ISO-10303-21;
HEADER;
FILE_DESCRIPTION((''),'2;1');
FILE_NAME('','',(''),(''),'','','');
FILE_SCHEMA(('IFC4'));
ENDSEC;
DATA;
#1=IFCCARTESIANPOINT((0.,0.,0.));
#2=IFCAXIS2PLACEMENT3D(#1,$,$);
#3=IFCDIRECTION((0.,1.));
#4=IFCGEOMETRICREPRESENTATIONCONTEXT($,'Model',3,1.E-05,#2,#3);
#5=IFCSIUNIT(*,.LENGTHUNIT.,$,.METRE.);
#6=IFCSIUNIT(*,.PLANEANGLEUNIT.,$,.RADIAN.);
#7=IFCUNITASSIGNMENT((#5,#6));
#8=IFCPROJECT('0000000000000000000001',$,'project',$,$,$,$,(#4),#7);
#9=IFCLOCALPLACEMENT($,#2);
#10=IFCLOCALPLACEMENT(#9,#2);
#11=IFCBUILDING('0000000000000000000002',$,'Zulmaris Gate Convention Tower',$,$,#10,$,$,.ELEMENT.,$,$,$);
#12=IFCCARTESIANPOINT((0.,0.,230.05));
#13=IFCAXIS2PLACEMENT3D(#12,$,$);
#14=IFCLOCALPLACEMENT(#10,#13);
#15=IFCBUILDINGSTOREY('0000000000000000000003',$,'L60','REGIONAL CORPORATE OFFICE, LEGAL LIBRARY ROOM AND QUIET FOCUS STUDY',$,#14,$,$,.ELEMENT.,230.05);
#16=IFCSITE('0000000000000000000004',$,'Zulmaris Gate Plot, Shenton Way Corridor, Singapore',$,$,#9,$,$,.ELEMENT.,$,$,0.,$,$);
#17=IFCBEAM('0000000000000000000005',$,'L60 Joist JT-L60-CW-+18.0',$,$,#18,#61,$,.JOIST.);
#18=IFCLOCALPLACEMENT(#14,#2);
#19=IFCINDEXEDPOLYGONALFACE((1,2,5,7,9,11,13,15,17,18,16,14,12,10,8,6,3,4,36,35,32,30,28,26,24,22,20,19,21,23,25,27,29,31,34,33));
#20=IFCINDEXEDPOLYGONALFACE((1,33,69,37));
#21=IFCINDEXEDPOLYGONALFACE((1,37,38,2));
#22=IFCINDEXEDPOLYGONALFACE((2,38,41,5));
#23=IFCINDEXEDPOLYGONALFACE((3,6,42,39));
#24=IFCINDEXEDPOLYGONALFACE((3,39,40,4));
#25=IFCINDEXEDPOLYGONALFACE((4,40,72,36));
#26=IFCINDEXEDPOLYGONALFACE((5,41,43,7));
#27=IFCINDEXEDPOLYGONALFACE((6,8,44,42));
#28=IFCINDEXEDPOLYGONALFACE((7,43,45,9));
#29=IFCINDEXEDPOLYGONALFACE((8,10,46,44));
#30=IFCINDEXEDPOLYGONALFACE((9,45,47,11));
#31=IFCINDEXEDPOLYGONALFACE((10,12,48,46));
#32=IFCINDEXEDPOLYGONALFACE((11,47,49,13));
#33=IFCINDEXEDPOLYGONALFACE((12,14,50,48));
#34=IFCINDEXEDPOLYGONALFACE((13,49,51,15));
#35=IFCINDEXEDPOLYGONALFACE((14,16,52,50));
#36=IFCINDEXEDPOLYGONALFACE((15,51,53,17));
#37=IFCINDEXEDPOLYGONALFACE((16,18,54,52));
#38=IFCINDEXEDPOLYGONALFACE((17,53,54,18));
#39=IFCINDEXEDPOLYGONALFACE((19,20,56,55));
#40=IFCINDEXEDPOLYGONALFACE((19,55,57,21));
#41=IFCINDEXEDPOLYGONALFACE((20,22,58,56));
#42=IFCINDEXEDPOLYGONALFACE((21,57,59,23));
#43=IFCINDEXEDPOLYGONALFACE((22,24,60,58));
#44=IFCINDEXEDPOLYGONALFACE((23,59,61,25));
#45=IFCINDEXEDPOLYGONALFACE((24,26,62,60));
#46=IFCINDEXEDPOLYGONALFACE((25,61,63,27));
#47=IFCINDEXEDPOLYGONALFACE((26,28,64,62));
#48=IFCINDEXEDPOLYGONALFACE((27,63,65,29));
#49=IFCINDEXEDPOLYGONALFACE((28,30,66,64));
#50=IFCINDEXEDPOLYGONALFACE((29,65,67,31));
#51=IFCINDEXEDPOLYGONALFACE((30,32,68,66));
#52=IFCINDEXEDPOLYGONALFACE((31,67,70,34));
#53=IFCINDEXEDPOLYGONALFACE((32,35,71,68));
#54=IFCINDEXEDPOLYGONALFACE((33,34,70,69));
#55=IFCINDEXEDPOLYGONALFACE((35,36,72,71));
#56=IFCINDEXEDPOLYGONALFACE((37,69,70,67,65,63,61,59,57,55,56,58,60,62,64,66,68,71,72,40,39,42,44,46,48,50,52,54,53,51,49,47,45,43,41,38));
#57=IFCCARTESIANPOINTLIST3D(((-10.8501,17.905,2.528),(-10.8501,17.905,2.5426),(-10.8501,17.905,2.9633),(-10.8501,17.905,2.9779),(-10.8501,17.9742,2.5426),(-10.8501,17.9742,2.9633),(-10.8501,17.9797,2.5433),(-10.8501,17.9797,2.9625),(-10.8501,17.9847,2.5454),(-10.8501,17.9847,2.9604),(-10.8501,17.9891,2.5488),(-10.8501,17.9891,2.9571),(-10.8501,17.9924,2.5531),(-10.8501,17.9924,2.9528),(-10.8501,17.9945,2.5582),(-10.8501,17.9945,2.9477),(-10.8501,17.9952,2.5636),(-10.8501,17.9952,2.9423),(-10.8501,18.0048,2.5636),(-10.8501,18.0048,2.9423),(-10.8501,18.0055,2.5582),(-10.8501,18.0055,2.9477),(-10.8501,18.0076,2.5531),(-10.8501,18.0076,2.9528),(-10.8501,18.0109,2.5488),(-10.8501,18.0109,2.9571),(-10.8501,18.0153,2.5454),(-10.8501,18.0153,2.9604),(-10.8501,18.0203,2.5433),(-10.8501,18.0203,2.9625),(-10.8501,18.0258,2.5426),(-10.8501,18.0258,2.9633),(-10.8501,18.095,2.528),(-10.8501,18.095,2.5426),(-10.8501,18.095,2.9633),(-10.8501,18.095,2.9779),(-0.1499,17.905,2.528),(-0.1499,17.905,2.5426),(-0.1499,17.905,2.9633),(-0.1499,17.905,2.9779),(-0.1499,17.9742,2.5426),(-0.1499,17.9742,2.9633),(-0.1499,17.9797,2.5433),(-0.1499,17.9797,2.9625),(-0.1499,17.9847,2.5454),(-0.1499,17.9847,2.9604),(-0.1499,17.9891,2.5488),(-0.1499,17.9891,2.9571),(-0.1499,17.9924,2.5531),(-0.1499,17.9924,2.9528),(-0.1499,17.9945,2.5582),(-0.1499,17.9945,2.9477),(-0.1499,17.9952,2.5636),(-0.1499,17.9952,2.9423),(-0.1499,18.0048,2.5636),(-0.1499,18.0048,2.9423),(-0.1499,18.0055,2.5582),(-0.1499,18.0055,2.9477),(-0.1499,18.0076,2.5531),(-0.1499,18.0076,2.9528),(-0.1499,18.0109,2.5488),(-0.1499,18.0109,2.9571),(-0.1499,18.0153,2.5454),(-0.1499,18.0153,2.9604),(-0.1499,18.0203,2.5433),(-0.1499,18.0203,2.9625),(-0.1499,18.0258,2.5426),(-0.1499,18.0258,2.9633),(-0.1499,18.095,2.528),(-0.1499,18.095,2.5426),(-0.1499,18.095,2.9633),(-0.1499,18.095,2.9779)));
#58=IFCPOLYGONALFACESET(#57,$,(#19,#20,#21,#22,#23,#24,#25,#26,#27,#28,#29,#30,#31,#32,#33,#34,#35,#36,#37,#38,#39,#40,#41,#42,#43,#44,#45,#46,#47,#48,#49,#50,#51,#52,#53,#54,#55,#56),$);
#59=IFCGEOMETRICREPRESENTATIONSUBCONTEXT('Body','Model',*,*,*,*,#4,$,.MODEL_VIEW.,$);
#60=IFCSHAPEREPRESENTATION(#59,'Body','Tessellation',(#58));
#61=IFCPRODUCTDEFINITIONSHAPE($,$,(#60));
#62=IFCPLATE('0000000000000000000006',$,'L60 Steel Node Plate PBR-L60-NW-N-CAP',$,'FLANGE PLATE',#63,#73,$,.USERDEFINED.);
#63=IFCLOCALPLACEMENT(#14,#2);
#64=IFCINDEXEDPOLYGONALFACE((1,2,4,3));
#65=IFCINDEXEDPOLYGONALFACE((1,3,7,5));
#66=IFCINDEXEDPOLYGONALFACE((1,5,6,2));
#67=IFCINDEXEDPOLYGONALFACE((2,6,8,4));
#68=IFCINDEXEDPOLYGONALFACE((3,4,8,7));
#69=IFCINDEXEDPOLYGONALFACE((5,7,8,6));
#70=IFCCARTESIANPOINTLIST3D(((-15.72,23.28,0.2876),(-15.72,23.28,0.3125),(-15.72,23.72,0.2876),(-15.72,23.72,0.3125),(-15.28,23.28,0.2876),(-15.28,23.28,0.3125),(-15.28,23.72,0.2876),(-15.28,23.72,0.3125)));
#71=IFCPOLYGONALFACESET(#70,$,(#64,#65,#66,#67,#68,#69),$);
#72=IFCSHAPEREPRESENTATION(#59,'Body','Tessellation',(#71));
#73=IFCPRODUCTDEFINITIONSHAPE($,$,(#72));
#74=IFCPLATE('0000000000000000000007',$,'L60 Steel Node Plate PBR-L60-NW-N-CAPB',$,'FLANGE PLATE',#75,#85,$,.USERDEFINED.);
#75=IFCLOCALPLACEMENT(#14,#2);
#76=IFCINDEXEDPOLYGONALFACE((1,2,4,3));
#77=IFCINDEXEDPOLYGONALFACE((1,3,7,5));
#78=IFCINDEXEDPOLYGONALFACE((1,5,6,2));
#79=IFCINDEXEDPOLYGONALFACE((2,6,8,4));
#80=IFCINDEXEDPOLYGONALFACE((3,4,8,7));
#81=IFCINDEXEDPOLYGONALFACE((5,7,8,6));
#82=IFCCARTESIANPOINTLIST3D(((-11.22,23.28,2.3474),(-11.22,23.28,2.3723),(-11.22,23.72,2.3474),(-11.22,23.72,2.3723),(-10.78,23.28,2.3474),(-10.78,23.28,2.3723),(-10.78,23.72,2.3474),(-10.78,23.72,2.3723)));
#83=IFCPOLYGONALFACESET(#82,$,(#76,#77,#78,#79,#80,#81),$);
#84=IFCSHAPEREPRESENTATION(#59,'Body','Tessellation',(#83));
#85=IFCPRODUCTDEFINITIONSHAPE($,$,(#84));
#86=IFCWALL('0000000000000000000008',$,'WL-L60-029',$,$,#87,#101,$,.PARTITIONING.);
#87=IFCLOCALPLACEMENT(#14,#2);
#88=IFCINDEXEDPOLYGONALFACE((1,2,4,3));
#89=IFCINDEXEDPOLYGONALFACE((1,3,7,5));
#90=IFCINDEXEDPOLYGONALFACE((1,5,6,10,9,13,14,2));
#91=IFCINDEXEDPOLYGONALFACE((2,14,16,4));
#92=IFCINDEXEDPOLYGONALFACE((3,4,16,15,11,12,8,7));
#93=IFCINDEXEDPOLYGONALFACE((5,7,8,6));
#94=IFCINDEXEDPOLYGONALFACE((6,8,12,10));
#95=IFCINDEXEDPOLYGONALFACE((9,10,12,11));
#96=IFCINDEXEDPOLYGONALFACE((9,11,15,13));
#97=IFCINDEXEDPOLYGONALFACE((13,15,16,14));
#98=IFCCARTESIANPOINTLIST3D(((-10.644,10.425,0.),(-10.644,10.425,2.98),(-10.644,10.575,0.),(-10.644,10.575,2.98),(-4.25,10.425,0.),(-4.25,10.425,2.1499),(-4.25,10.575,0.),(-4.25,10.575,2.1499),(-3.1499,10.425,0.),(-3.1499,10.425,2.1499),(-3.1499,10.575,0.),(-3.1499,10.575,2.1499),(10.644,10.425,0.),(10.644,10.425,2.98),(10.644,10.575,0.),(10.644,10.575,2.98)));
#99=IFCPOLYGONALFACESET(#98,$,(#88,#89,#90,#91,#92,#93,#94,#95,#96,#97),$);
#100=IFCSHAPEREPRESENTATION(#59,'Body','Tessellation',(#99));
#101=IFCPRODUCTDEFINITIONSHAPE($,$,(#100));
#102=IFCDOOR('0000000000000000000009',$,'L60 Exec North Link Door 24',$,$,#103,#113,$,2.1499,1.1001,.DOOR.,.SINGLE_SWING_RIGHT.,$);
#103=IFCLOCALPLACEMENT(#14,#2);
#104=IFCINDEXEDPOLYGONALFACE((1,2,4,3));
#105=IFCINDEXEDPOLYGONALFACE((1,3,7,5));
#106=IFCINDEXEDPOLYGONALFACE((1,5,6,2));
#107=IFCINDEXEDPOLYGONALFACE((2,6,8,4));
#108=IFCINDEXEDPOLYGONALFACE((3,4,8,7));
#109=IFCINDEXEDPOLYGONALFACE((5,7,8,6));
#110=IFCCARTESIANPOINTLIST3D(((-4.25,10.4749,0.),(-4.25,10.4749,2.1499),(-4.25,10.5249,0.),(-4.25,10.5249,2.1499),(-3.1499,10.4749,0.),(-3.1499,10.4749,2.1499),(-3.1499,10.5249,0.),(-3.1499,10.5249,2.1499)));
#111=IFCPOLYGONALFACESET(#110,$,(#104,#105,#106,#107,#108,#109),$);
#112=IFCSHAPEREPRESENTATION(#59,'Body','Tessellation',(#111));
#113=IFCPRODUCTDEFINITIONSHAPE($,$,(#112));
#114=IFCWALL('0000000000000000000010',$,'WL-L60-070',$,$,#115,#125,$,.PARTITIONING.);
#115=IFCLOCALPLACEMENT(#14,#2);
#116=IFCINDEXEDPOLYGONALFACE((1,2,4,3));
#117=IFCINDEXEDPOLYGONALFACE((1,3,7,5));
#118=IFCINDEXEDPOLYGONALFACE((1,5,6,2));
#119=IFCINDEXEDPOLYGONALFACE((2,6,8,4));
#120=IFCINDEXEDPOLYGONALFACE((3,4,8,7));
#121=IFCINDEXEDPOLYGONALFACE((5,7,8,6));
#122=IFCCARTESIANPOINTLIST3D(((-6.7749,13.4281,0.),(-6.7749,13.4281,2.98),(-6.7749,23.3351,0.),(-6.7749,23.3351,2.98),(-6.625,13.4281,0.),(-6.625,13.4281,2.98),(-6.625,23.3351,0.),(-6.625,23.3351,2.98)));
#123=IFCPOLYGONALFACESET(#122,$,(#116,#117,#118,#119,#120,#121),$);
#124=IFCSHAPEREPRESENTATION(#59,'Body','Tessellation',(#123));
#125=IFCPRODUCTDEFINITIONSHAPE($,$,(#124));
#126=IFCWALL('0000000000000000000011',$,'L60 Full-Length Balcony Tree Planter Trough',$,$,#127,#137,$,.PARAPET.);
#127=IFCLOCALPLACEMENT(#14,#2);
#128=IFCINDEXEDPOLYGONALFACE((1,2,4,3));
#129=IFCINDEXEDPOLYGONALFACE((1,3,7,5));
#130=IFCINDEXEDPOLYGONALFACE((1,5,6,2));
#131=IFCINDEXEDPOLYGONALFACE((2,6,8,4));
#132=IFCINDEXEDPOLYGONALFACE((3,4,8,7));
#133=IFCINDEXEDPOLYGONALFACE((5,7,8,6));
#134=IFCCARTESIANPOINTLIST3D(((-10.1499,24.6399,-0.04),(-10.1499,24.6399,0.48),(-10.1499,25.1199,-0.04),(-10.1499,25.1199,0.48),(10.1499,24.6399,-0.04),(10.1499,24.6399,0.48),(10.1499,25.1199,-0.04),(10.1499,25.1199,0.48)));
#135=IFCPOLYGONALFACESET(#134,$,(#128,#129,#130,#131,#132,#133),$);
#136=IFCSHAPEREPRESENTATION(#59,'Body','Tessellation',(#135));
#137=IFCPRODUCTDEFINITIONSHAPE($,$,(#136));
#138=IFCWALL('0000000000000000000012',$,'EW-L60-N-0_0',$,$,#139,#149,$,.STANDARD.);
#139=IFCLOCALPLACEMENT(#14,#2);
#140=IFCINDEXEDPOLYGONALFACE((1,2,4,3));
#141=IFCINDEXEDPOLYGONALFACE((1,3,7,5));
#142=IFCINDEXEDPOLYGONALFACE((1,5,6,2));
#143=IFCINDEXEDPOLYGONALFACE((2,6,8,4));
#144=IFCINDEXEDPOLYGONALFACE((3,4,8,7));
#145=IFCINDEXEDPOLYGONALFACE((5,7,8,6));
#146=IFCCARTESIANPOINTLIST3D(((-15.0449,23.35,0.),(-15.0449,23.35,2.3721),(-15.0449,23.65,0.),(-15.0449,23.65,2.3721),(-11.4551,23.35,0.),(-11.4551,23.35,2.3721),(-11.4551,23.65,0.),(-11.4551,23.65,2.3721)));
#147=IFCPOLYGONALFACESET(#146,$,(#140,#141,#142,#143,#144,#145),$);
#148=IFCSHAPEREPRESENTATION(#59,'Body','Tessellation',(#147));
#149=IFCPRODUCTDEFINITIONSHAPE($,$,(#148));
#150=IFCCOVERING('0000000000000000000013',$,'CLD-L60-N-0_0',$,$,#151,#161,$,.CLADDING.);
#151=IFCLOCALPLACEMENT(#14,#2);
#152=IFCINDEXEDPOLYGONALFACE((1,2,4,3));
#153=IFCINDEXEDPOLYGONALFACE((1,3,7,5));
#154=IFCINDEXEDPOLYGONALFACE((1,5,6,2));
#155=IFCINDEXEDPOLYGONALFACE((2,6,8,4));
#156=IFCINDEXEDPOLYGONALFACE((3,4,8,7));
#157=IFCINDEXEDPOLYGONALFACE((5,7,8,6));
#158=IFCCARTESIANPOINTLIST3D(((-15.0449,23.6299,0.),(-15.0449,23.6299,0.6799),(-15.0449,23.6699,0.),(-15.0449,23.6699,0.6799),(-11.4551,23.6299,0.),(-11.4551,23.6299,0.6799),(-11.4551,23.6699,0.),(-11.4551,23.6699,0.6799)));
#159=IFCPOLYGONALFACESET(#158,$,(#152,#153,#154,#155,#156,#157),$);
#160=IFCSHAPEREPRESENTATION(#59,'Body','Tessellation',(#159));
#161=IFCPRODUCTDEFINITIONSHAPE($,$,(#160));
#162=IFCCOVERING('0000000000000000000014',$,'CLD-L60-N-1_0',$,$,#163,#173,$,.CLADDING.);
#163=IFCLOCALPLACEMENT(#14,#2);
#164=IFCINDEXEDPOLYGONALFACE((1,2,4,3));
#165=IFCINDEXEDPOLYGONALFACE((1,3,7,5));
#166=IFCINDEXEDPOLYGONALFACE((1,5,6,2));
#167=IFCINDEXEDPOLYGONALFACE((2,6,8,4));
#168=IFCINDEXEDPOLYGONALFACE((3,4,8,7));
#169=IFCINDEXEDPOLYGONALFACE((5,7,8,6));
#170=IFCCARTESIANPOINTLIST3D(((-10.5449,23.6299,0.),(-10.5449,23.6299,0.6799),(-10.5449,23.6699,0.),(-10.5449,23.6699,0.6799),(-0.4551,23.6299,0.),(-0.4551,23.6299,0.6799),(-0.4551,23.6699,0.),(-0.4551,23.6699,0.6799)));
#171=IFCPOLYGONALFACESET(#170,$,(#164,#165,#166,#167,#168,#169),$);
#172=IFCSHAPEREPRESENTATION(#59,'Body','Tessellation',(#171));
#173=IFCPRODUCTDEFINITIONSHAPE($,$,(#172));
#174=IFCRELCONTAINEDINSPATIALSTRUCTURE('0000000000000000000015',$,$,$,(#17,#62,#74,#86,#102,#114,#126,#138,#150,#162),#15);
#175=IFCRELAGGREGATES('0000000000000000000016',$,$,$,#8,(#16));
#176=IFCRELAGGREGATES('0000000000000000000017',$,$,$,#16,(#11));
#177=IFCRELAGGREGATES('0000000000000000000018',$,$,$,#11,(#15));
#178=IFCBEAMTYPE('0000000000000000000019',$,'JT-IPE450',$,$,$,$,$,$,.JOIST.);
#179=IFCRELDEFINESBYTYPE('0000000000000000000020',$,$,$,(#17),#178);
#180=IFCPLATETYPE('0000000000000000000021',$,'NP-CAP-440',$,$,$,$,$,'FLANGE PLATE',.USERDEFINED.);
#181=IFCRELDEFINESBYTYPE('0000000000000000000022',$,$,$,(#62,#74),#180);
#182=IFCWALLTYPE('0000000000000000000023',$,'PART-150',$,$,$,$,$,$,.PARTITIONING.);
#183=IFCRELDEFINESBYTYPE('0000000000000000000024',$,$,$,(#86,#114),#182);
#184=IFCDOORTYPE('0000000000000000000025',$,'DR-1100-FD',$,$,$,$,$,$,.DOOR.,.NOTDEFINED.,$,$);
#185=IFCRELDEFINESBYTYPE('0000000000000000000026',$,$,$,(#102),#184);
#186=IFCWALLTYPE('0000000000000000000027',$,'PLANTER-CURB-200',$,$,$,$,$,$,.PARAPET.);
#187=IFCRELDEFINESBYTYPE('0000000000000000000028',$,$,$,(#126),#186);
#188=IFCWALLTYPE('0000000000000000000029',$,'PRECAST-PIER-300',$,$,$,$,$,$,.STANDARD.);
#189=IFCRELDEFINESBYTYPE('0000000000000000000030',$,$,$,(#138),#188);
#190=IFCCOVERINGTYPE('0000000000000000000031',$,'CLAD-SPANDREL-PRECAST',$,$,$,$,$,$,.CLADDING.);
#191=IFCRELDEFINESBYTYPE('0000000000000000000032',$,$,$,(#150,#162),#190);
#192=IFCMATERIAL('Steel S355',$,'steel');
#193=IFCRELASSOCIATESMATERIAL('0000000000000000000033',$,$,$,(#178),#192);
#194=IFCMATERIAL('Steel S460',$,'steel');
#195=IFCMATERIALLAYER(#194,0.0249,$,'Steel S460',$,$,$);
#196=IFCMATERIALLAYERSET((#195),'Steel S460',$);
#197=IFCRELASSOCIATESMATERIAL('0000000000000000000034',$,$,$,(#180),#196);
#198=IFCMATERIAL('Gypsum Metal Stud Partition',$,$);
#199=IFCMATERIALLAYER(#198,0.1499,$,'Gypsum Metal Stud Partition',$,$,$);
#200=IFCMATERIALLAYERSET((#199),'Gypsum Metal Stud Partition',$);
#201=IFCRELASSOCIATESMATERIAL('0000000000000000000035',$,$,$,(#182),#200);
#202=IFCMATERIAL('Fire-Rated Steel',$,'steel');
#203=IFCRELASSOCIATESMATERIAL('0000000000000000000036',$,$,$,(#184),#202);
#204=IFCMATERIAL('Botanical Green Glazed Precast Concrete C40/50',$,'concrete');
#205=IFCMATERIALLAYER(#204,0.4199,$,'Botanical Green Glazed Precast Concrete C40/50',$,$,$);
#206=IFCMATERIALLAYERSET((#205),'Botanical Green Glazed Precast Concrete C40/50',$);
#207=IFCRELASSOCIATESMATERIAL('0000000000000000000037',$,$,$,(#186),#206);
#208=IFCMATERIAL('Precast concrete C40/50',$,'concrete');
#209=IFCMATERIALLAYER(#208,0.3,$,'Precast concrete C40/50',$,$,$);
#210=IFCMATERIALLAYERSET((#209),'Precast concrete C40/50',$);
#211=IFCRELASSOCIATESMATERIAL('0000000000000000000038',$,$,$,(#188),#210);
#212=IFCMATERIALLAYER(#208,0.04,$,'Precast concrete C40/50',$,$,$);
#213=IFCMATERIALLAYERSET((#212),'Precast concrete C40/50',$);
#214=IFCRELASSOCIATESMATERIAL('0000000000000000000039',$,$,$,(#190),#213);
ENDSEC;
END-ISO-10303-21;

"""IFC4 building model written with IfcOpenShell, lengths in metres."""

from ifc_helpers import new_model, si_unit, direction, frame, frame_2d, origin, origin_2d, place, context, subcontext, project, spatial, rectangle, i_section, extrude, material, layer, layer_set, material_profile, profile_set, type_object, element, fill, save


model = new_model("IFC4")

# Units and contexts
model_context = context("Model", 3, precision=1e-05, world=origin(), true_north=direction((0.0, 1.0)))
body_context = subcontext(model_context, "Body", "Model", "MODEL_VIEW")
ifc_project = project(units=[si_unit("LENGTHUNIT", "METRE"), si_unit("PLANEANGLEUNIT", "RADIAN")], contexts=[model_context])

# Site, building, storey
site_placement = place(None, origin())
site = spatial("IfcSite", under=ifc_project, at=site_placement, Name="Zulmaris Gate Plot, Shenton Way Corridor, Singapore", CompositionType="ELEMENT", RefElevation=0.0)
building_placement = place(site_placement, origin())
building = spatial("IfcBuilding", under=site, at=building_placement, Name="Zulmaris Gate Convention Tower", CompositionType="ELEMENT")
storey_placement = place(building_placement, frame((0.0, 0.0, 230.05)))
storey = spatial("IfcBuildingStorey", under=building, at=storey_placement, Name="L60", Description="REGIONAL CORPORATE OFFICE, LEGAL LIBRARY ROOM AND QUIET FOCUS STUDY", CompositionType="ELEMENT", Elevation=230.05)

# Beam
ifc_material_1 = material(Name="Steel S355", Category="steel")
ifc_material_profile_1 = material_profile(ifc_material_1, i_section(OverallWidth=0.1899, OverallDepth=0.45, WebThickness=0.0095, FlangeThickness=0.0146, FilletRadius=0.021, at=origin_2d()), Name="IPE 450")
ifc_profile_set_1 = profile_set([ifc_material_profile_1], Name="Steel S355")
beam_type_1 = type_object("IfcBeamType", Name="JT-IPE450", PredefinedType="JOIST", material=ifc_profile_set_1)
for number, where, z_axis, x_axis, name in (
    (1, (-10.8501, 18.0, 2.7529), (1.0, 0.0, 0.0), (0.0, 1.0, 0.0), "L60 Joist JT-L60-CW-+18.0"),
):
    element("IfcBeam", number, at=place(storey_placement, frame(where, z_axis=z_axis, x_axis=x_axis)), inside=storey, type_object=beam_type_1, Name=name, PredefinedType="JOIST", context=body_context, shape_type="SweptSolid", body=[
        extrude(i_section(OverallWidth=0.1899, OverallDepth=0.45, WebThickness=0.0095, FlangeThickness=0.0146, FilletRadius=0.021, at=origin_2d()), origin(), (0.0, 0.0, 1.0), 10.7002),
    ])

# Plates
ifc_material_2 = material(Name="Steel S460", Category="steel")
ifc_layer_1 = layer(ifc_material_2, 0.0249, Name="Steel S460")
ifc_layer_set_1 = layer_set([ifc_layer_1], Name="Steel S460")
plate_type = type_object("IfcPlateType", Name="NP-CAP-440", ElementType="FLANGE PLATE", PredefinedType="USERDEFINED", material=ifc_layer_set_1)
for number, where, z_axis, x_axis, name in (
    (2, (-15.5, 23.5, 0.2876), (0.0, 0.0, 1.0), (1.0, 0.0, 0.0), "L60 Steel Node Plate PBR-L60-NW-N-CAP"),
    (3, (-11.0, 23.5, 2.3474), (0.0, 0.0, 1.0), (1.0, 0.0, 0.0), "L60 Steel Node Plate PBR-L60-NW-N-CAPB"),
):
    element("IfcPlate", number, at=place(storey_placement, frame(where, z_axis=z_axis, x_axis=x_axis)), inside=storey, type_object=plate_type, Name=name, ObjectType="FLANGE PLATE", PredefinedType="USERDEFINED", context=body_context, shape_type="SweptSolid", body=[
        extrude(rectangle(XDim=0.4399, YDim=0.4399, at=origin_2d()), origin(), (0.0, 0.0, 1.0), 0.0249),
    ])

# Wall, opening, door
ifc_material_3 = material(Name="Gypsum Metal Stud Partition")
ifc_layer_2 = layer(ifc_material_3, 0.1499, Name="Gypsum Metal Stud Partition")
ifc_layer_set_2 = layer_set([ifc_layer_2], Name="Gypsum Metal Stud Partition")
wall_type_1 = type_object("IfcWallType", Name="PART-150", PredefinedType="PARTITIONING", material=ifc_layer_set_2)
wall_1_placement = place(storey_placement, frame((-10.644, 10.5, 0.0), z_axis=(0.0, 0.0, 1.0), x_axis=(1.0, 0.0, 0.0)))
wall_1 = element("IfcWall", 4, at=wall_1_placement, inside=storey, type_object=wall_type_1, Name="WL-L60-029", PredefinedType="PARTITIONING", context=body_context, shape_type="SweptSolid", body=[
    extrude(rectangle(XDim=21.2881, YDim=0.1499, at=frame_2d((10.644, 0.0))), origin(), (0.0, 0.0, 1.0), 2.98),
])
opening_1_placement = place(wall_1_placement, frame((6.394, 0.0, 0.0)))
opening_1 = element("IfcOpeningElement", 5, at=opening_1_placement, cuts=wall_1, PredefinedType="OPENING", context=body_context, shape_type="SweptSolid", body=[
    extrude(rectangle(XDim=1.1001, YDim=2.1499, at=frame_2d((0.55, 1.075))), frame((0.0, 0.085, 0.0), z_axis=(0.0, -1.0, 0.0), x_axis=(1.0, 0.0, 0.0)), (0.0, 0.0, 1.0), 0.1699),
])
ifc_material_4 = material(Name="Fire-Rated Steel", Category="steel")
door_type_1 = type_object("IfcDoorType", Name="DR-1100-FD", OperationType="NOTDEFINED", PredefinedType="DOOR", material=ifc_material_4)
door_1_placement = place(opening_1_placement, origin())
door_1 = element("IfcDoor", 6, at=door_1_placement, inside=storey, type_object=door_type_1, Name="L60 Exec North Link Door 24", OperationType="SINGLE_SWING_RIGHT", OverallHeight=2.1499, OverallWidth=1.1001, PredefinedType="DOOR", context=body_context, shape_type="SweptSolid", body=[
    extrude(rectangle(XDim=1.1001, YDim=2.1499, at=frame_2d((0.55, 1.075))), frame((0.0, 0.0249, 0.0), z_axis=(0.0, -1.0, 0.0), x_axis=(1.0, 0.0, 0.0)), (0.0, 0.0, 1.0), 0.05),
])
fill(opening_1, door_1)

# Walls
wall_2_placement = place(storey_placement, frame((-6.7, 13.428, 0.0), z_axis=(0.0, 0.0, 1.0), x_axis=(0.0, 1.0, 0.0)))
element("IfcWall", 7, at=wall_2_placement, inside=storey, type_object=wall_type_1, Name="WL-L60-070", PredefinedType="PARTITIONING", context=body_context, shape_type="SweptSolid", body=[
    extrude(rectangle(XDim=9.907, YDim=0.1499, at=frame_2d((4.9536, 0.0))), origin(), (0.0, 0.0, 1.0), 2.98),
])
ifc_material_5 = material(Name="Botanical Green Glazed Precast Concrete C40/50", Category="concrete")
ifc_layer_3 = layer(ifc_material_5, 0.4199, Name="Botanical Green Glazed Precast Concrete C40/50")
ifc_layer_set_3 = layer_set([ifc_layer_3], Name="Botanical Green Glazed Precast Concrete C40/50")
wall_type_2 = type_object("IfcWallType", Name="PLANTER-CURB-200", PredefinedType="PARAPET", material=ifc_layer_set_3)
wall_3_placement = place(storey_placement, frame((-10.1499, 24.8799, -0.04), z_axis=(0.0, 0.0, 1.0), x_axis=(1.0, 0.0, 0.0)))
element("IfcWall", 8, at=wall_3_placement, inside=storey, type_object=wall_type_2, Name="L60 Full-Length Balcony Tree Planter Trough", PredefinedType="PARAPET", context=body_context, shape_type="SweptSolid", body=[
    extrude(rectangle(XDim=20.2998, YDim=0.48, at=frame_2d((10.1499, 0.0))), origin(), (0.0, 0.0, 1.0), 0.52),
])
ifc_material_6 = material(Name="Precast concrete C40/50", Category="concrete")
ifc_layer_4 = layer(ifc_material_6, 0.3, Name="Precast concrete C40/50")
ifc_layer_set_4 = layer_set([ifc_layer_4], Name="Precast concrete C40/50")
wall_type_3 = type_object("IfcWallType", Name="PRECAST-PIER-300", PredefinedType="STANDARD", material=ifc_layer_set_4)
wall_4_placement = place(storey_placement, frame((-11.4551, 23.5, 0.0), z_axis=(0.0, 0.0, 1.0), x_axis=(-1.0, 0.0, 0.0)))
element("IfcWall", 9, at=wall_4_placement, inside=storey, type_object=wall_type_3, Name="EW-L60-N-0_0", PredefinedType="STANDARD", context=body_context, shape_type="SweptSolid", body=[
    extrude(rectangle(XDim=3.5898, YDim=0.3, at=frame_2d((1.7949, 0.0))), origin(), (0.0, 0.0, 1.0), 2.3721),
])

# Coverings
ifc_layer_5 = layer(ifc_material_6, 0.04, Name="Precast concrete C40/50")
ifc_layer_set_5 = layer_set([ifc_layer_5], Name="Precast concrete C40/50")
covering_type = type_object("IfcCoveringType", Name="CLAD-SPANDREL-PRECAST", PredefinedType="CLADDING", material=ifc_layer_set_5)
covering_1_placement = place(storey_placement, frame((-11.4551, 23.6499, 0.0), z_axis=(0.0, 0.0, 1.0), x_axis=(-1.0, 0.0, 0.0)))
element("IfcCovering", 10, at=covering_1_placement, inside=storey, type_object=covering_type, Name="CLD-L60-N-0_0", PredefinedType="CLADDING", context=body_context, shape_type="SweptSolid", body=[
    extrude(rectangle(XDim=3.5898, YDim=0.04, at=frame_2d((1.7949, 0.0))), origin(), (0.0, 0.0, 1.0), 0.6799),
])
covering_2_placement = place(storey_placement, frame((-0.4551, 23.6499, 0.0), z_axis=(0.0, 0.0, 1.0), x_axis=(-1.0, 0.0, 0.0)))
element("IfcCovering", 11, at=covering_2_placement, inside=storey, type_object=covering_type, Name="CLD-L60-N-1_0", PredefinedType="CLADDING", context=body_context, shape_type="SweptSolid", body=[
    extrude(rectangle(XDim=10.0898, YDim=0.04, at=frame_2d((5.0449, 0.0))), origin(), (0.0, 0.0, 1.0), 0.6799),
])

save(model, "model.ifc")
